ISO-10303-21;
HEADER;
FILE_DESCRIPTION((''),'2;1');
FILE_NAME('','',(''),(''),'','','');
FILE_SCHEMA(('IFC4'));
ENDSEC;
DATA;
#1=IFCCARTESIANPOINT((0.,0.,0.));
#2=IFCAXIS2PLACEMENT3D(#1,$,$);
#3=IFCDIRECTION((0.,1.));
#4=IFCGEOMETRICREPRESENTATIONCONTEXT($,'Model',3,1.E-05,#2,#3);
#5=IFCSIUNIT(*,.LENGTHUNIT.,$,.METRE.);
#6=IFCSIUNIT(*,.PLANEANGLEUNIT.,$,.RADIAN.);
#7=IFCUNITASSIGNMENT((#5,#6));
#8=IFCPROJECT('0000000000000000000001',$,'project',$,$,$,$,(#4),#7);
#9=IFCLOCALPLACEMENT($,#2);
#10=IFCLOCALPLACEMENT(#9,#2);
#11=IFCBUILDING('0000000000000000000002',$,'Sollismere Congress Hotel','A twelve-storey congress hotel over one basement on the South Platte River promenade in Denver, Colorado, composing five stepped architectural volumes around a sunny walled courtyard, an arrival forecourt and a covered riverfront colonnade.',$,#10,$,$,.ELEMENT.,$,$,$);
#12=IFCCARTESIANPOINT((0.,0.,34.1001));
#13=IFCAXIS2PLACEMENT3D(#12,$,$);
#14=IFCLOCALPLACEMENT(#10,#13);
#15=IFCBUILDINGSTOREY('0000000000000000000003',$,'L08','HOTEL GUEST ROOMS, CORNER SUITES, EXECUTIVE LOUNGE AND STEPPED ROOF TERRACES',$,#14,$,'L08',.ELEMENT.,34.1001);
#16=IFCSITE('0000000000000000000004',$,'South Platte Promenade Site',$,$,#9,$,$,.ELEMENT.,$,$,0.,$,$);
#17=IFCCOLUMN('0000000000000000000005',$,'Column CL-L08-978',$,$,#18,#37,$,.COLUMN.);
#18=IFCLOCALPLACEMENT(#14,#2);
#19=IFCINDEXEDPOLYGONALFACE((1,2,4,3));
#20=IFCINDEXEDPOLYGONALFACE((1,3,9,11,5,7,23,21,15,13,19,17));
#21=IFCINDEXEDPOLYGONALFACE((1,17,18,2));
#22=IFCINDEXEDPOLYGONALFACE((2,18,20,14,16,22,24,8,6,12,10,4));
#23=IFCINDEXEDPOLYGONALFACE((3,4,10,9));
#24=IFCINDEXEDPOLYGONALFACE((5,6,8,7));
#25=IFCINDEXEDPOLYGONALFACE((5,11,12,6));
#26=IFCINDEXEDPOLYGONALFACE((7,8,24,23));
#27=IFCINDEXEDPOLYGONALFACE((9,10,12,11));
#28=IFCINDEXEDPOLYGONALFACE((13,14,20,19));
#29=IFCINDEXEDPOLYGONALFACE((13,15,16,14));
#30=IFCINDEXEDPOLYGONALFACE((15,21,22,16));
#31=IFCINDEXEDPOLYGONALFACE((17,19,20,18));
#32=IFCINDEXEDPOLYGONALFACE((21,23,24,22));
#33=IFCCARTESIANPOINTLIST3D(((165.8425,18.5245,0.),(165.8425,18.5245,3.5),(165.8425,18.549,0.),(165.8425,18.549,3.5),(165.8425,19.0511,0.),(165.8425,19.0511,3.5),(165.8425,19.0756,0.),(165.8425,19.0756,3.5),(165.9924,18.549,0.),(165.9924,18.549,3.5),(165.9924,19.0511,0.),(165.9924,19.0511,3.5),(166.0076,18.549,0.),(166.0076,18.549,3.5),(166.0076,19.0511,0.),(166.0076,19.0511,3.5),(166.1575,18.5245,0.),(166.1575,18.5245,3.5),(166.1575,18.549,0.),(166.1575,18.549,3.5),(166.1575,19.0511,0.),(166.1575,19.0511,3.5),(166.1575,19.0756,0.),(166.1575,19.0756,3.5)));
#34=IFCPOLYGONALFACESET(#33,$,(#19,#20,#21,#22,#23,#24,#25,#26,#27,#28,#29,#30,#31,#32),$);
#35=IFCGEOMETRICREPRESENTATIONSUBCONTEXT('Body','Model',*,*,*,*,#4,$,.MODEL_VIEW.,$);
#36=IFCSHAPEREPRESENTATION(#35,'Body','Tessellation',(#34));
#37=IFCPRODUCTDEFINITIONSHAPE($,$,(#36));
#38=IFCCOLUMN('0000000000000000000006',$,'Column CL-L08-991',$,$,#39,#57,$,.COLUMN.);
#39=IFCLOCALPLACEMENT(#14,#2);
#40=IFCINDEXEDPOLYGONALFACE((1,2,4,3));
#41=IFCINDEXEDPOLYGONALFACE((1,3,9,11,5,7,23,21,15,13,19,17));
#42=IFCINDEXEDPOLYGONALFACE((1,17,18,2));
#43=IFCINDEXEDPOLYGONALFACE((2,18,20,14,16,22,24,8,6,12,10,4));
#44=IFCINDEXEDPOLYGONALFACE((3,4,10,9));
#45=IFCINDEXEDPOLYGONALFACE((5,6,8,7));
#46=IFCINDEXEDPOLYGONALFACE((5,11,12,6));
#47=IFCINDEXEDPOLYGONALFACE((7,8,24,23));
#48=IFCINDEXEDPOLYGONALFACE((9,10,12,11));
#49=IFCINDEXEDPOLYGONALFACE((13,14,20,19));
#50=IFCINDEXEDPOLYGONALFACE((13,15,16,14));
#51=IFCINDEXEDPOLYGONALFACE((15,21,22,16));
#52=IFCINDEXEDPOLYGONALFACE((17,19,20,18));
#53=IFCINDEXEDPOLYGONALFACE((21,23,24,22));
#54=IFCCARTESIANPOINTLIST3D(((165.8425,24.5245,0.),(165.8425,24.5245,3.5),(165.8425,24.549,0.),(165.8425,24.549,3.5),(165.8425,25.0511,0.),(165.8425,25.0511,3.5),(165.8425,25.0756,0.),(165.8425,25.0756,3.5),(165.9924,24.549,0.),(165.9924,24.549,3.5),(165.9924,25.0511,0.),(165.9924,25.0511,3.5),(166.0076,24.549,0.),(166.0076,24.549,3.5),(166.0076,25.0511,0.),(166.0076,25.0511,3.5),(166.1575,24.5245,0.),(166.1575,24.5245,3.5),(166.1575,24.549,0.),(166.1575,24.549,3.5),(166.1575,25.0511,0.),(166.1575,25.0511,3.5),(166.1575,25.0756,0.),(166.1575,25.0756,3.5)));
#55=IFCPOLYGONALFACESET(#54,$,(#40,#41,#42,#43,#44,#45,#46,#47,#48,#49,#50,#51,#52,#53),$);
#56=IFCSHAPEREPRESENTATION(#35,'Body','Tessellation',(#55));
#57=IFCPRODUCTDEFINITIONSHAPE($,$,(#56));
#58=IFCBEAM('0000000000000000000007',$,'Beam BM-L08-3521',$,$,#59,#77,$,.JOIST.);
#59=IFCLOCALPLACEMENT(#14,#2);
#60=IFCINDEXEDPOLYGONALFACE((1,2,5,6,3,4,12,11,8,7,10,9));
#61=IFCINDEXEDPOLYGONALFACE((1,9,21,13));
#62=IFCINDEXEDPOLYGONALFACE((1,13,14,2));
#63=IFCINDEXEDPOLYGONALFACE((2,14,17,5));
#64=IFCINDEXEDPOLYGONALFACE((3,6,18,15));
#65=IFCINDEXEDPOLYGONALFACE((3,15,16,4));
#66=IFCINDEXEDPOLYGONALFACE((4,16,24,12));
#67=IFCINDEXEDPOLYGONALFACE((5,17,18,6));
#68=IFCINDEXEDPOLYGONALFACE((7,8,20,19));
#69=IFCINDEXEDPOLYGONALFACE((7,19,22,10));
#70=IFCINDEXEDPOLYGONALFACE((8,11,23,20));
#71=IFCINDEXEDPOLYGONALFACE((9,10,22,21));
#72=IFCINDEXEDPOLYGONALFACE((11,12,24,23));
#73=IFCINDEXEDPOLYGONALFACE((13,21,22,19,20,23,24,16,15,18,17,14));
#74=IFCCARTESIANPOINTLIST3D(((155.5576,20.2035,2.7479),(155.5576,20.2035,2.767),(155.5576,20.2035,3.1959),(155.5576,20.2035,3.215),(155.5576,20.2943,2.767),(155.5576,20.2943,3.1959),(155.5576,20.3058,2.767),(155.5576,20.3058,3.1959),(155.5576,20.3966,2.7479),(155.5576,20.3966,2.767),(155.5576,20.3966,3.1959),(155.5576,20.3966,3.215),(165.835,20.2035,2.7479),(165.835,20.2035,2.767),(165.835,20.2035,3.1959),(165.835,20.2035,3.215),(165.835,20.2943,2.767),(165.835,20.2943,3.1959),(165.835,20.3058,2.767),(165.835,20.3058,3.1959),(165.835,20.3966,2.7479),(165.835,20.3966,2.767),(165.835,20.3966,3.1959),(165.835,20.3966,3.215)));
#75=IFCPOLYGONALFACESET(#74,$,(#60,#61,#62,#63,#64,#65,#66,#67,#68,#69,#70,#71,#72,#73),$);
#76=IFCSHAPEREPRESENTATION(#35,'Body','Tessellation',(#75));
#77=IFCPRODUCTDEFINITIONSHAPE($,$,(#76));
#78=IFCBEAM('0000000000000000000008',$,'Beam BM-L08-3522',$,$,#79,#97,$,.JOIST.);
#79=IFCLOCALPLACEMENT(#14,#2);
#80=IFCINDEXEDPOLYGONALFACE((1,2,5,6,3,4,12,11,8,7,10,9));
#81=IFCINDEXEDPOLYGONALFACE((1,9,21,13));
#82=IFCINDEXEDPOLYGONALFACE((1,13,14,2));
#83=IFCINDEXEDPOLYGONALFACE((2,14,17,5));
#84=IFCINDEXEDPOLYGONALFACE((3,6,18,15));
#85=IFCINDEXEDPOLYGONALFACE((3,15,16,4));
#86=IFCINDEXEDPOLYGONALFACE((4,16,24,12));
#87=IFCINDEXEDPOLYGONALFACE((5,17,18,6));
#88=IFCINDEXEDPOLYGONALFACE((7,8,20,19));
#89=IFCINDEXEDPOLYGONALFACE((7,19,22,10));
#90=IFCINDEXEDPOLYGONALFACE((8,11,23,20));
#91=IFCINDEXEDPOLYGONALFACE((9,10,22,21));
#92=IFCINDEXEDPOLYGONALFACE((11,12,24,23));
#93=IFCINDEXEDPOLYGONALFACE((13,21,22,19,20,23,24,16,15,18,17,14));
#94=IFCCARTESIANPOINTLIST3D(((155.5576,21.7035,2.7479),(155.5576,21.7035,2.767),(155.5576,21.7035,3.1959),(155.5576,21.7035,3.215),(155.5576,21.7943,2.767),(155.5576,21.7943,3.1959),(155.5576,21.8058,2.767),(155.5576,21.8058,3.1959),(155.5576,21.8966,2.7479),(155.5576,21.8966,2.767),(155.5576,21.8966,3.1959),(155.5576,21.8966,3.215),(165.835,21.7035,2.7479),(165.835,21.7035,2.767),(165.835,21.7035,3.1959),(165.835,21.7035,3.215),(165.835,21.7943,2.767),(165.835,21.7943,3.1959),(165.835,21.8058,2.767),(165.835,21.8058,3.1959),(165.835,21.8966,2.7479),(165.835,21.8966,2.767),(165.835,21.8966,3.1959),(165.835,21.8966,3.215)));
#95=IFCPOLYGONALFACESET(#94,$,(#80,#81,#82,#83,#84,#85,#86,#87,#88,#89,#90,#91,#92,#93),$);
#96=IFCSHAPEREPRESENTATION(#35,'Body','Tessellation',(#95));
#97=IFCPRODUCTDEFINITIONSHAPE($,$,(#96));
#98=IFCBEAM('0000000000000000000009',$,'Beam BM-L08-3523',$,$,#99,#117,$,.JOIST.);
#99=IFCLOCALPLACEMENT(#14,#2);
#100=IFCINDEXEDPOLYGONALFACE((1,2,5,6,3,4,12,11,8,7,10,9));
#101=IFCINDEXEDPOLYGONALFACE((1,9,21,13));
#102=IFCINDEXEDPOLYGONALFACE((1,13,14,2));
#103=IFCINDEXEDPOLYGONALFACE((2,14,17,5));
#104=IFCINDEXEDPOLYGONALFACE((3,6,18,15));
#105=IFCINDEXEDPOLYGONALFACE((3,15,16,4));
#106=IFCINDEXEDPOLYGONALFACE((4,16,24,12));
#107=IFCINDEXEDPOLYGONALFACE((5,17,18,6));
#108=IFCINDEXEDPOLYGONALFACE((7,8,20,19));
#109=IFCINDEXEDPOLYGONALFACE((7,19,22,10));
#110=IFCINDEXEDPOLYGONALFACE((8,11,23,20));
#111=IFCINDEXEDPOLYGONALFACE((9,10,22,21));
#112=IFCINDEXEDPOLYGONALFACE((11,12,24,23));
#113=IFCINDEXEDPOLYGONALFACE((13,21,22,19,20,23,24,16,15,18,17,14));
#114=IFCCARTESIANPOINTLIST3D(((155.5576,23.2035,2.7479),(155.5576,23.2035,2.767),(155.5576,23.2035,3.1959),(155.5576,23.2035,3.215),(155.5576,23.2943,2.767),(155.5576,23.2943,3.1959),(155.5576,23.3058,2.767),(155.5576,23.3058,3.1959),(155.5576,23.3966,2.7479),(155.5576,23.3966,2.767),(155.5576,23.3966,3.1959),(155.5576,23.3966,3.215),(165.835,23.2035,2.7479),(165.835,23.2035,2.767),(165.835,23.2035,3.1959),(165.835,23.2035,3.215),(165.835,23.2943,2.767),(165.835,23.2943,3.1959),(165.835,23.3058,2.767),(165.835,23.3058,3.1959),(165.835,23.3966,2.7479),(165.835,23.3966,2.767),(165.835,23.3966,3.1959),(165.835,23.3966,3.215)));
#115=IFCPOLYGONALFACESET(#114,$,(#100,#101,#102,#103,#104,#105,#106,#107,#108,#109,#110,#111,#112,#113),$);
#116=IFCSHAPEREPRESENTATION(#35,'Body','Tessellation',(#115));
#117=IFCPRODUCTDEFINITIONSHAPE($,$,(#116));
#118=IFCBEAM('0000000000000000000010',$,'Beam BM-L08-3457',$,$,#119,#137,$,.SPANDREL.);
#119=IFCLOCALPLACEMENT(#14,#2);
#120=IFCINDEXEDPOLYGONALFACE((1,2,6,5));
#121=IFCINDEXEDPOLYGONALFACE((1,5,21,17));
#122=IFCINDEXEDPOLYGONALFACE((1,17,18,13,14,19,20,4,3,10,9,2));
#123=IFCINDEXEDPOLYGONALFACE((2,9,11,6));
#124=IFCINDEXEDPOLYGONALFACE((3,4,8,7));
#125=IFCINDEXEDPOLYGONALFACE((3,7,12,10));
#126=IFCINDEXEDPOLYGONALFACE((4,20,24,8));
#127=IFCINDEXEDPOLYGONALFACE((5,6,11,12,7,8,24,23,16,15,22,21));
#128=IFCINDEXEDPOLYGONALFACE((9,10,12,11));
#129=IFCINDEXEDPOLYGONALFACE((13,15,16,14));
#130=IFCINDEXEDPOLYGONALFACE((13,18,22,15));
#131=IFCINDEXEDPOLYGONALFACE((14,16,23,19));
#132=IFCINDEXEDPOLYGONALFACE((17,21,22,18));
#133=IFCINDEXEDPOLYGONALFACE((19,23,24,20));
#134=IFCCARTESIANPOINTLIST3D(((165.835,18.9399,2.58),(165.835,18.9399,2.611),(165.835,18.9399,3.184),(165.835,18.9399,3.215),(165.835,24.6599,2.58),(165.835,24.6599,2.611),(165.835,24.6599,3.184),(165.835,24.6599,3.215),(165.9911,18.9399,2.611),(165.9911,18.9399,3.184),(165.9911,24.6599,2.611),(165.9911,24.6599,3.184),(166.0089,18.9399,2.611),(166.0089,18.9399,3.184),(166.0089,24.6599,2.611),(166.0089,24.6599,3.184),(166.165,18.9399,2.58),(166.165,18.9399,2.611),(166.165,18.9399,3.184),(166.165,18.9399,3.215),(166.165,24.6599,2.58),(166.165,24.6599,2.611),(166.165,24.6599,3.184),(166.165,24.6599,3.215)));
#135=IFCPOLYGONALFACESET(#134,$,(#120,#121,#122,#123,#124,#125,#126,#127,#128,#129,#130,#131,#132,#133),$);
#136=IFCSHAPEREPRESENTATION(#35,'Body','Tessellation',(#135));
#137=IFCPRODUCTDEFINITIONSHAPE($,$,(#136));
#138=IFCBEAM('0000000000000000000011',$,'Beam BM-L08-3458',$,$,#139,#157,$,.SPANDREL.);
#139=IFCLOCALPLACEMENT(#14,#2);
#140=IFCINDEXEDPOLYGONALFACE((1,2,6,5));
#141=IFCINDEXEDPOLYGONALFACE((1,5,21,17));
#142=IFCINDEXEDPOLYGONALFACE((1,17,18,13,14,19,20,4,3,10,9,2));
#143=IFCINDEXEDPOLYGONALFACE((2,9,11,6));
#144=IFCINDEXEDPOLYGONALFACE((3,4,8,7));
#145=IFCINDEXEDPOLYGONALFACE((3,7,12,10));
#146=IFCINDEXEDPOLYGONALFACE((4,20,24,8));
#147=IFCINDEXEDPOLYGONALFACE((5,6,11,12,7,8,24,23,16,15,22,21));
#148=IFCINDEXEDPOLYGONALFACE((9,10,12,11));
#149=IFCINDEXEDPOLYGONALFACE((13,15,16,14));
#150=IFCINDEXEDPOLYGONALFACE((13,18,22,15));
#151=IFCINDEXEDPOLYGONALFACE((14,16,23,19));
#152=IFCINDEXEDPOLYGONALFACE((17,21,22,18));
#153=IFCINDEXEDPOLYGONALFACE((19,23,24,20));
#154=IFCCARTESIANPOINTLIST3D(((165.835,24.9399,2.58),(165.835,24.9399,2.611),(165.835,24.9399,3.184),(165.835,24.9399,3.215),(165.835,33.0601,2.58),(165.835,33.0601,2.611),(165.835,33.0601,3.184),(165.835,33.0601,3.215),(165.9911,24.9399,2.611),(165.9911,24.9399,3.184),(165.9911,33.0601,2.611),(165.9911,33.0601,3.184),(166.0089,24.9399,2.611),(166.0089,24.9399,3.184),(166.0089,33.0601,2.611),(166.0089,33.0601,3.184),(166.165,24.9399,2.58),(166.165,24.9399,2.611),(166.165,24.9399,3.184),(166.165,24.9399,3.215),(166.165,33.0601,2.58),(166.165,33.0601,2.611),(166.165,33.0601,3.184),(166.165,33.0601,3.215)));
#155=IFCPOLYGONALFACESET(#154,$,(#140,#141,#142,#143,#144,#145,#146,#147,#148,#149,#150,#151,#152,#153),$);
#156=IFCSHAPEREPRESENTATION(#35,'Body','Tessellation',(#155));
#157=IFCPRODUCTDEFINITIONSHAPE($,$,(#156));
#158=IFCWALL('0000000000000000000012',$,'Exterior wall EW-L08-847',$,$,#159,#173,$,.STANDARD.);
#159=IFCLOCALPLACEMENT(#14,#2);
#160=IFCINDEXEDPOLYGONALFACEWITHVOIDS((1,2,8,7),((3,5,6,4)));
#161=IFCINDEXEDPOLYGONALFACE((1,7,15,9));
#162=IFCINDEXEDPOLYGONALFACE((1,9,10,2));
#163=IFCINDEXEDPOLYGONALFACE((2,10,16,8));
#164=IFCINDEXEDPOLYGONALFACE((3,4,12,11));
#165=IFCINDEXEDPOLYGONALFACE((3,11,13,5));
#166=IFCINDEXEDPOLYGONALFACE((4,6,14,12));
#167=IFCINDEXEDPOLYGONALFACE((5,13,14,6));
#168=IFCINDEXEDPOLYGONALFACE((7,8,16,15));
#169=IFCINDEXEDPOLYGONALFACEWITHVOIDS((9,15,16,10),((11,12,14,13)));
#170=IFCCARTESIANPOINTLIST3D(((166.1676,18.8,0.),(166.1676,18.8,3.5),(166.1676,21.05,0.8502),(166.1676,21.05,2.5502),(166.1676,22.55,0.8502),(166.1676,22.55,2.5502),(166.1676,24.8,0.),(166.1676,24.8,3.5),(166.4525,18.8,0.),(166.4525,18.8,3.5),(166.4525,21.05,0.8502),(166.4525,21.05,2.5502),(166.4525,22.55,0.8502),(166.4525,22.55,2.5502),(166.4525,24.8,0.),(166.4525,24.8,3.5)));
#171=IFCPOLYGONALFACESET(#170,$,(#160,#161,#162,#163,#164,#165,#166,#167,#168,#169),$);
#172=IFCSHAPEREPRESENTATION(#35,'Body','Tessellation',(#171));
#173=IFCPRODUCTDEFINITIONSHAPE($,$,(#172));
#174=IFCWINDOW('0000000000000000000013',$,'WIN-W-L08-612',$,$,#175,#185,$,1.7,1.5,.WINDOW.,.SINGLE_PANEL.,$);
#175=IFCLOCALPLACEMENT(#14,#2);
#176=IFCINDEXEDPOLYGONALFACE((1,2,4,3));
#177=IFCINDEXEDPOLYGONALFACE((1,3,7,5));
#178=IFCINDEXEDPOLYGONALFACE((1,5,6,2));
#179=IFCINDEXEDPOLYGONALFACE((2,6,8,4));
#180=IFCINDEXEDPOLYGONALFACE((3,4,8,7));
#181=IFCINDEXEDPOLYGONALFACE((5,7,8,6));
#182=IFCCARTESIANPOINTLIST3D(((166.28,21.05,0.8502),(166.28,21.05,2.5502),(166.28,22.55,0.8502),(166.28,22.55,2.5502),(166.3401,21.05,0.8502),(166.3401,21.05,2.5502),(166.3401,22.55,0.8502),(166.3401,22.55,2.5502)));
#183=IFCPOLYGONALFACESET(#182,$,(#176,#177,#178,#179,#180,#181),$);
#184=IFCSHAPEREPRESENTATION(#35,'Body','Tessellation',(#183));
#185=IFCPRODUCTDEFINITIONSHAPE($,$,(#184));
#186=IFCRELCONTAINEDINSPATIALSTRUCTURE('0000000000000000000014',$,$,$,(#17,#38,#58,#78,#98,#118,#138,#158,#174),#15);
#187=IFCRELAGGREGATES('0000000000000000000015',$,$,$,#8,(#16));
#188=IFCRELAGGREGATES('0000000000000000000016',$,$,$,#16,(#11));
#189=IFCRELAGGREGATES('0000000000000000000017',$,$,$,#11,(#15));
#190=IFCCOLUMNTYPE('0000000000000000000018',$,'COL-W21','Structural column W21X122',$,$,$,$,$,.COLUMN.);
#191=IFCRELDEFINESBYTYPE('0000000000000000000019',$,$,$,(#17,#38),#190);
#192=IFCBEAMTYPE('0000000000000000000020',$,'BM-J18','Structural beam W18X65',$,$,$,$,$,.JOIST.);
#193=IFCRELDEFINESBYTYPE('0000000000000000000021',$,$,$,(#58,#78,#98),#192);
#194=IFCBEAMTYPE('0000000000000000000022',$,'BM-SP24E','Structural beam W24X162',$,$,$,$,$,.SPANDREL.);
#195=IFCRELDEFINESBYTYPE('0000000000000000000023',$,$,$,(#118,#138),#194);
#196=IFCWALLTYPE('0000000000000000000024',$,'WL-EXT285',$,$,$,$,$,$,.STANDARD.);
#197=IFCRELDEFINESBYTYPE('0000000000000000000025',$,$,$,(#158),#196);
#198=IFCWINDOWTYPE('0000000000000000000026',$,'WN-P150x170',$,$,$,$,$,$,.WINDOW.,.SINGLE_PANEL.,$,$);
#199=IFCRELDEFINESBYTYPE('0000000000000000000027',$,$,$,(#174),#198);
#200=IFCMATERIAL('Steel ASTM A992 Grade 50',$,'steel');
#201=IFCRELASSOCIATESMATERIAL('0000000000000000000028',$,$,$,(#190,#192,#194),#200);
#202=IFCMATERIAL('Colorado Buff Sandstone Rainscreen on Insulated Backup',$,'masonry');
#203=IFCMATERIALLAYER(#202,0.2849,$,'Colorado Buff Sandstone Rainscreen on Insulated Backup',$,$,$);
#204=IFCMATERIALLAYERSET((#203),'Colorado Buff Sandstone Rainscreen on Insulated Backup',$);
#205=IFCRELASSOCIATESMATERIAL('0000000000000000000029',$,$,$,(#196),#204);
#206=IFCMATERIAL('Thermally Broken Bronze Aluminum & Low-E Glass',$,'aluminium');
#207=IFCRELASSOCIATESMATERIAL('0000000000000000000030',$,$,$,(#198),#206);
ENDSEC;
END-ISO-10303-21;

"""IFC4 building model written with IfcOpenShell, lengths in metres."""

from ifc_helpers import new_model, si_unit, direction, frame, frame_2d, origin, origin_2d, place, context, subcontext, project, spatial, rectangle, i_section, extrude, material, layer, layer_set, material_profile, profile_set, type_object, element, fill, save


model = new_model("IFC4")

# Units and contexts
model_context = context("Model", 3, precision=1e-05, world=origin(), true_north=direction((0.0, 1.0)))
body_context = subcontext(model_context, "Body", "Model", "MODEL_VIEW")
ifc_project = project(units=[si_unit("LENGTHUNIT", "METRE"), si_unit("PLANEANGLEUNIT", "RADIAN")], contexts=[model_context])

# Site, building, storey
site_placement = place(None, origin())
site = spatial("IfcSite", under=ifc_project, at=site_placement, Name="South Platte Promenade Site", CompositionType="ELEMENT", RefElevation=0.0)
building_placement = place(site_placement, origin())
building = spatial("IfcBuilding", under=site, at=building_placement, Name="Sollismere Congress Hotel", Description="A twelve-storey congress hotel over one basement on the South Platte River promenade in Denver, Colorado, composing five stepped architectural volumes around a sunny walled courtyard, an arrival forecourt and a covered riverfront colonnade.", CompositionType="ELEMENT")
storey_placement = place(building_placement, frame((0.0, 0.0, 34.1001)))
storey = spatial("IfcBuildingStorey", under=building, at=storey_placement, Name="L08", Description="HOTEL GUEST ROOMS, CORNER SUITES, EXECUTIVE LOUNGE AND STEPPED ROOF TERRACES", LongName="L08", CompositionType="ELEMENT", Elevation=34.1001)

# Columns
ifc_material_1 = material(Name="Steel ASTM A992 Grade 50", Category="steel")
ifc_material_profile_1 = material_profile(ifc_material_1, i_section(OverallWidth=0.3149, OverallDepth=0.551, WebThickness=0.0151, FlangeThickness=0.0244, at=origin_2d()), Name="W21X122")
ifc_profile_set_1 = profile_set([ifc_material_profile_1], Name="Steel ASTM A992 Grade 50")
column_type = type_object("IfcColumnType", Name="COL-W21", Description="Structural column W21X122", PredefinedType="COLUMN", material=ifc_profile_set_1)
for number, where, z_axis, x_axis, name in (
    (1, (166.0, 18.8, 0.0), (0.0, 0.0, 1.0), (1.0, 0.0, 0.0), "Column CL-L08-978"),
    (2, (166.0, 24.8, 0.0), (0.0, 0.0, 1.0), (1.0, 0.0, 0.0), "Column CL-L08-991"),
):
    element("IfcColumn", number, at=place(storey_placement, frame(where, z_axis=z_axis, x_axis=x_axis)), inside=storey, type_object=column_type, Name=name, PredefinedType="COLUMN", context=body_context, shape_type="SweptSolid", body=[
        extrude(i_section(OverallWidth=0.3149, OverallDepth=0.551, WebThickness=0.0151, FlangeThickness=0.0244, at=origin_2d()), origin(), (0.0, 0.0, 1.0), 3.5),
    ])

# Beams
ifc_material_profile_2 = material_profile(ifc_material_1, i_section(OverallWidth=0.1931, OverallDepth=0.467, WebThickness=0.0115, FlangeThickness=0.019, at=origin_2d()), Name="W18X65")
ifc_profile_set_2 = profile_set([ifc_material_profile_2], Name="Steel ASTM A992 Grade 50")
beam_type_1 = type_object("IfcBeamType", Name="BM-J18", Description="Structural beam W18X65", PredefinedType="JOIST", material=ifc_profile_set_2)
for number, where, z_axis, x_axis, name in (
    (3, (155.5576, 20.3, 2.9814), (1.0, 0.0, 0.0), (0.0, 1.0, 0.0), "Beam BM-L08-3521"),
    (4, (155.5576, 21.8, 2.9814), (1.0, 0.0, 0.0), (0.0, 1.0, 0.0), "Beam BM-L08-3522"),
    (5, (155.5576, 23.3, 2.9814), (1.0, 0.0, 0.0), (0.0, 1.0, 0.0), "Beam BM-L08-3523"),
):
    element("IfcBeam", number, at=place(storey_placement, frame(where, z_axis=z_axis, x_axis=x_axis)), inside=storey, type_object=beam_type_1, Name=name, PredefinedType="JOIST", context=body_context, shape_type="SweptSolid", body=[
        extrude(i_section(OverallWidth=0.1931, OverallDepth=0.467, WebThickness=0.0115, FlangeThickness=0.019, at=origin_2d()), origin(), (0.0, 0.0, 1.0), 10.2773),
    ])
ifc_material_profile_3 = material_profile(ifc_material_1, i_section(OverallWidth=0.3301, OverallDepth=0.635, WebThickness=0.0178, FlangeThickness=0.031, at=origin_2d()), Name="W24X162")
ifc_profile_set_3 = profile_set([ifc_material_profile_3], Name="Steel ASTM A992 Grade 50")
beam_type_2 = type_object("IfcBeamType", Name="BM-SP24E", Description="Structural beam W24X162", PredefinedType="SPANDREL", material=ifc_profile_set_3)
beam_1_placement = place(storey_placement, frame((166.0, 18.9399, 2.8975), z_axis=(0.0, 1.0, 0.0), x_axis=(-1.0, 0.0, 0.0)))
element("IfcBeam", 6, at=beam_1_placement, inside=storey, type_object=beam_type_2, Name="Beam BM-L08-3457", PredefinedType="SPANDREL", context=body_context, shape_type="SweptSolid", body=[
    extrude(i_section(OverallWidth=0.3301, OverallDepth=0.635, WebThickness=0.0178, FlangeThickness=0.031, at=origin_2d()), origin(), (0.0, 0.0, 1.0), 5.72),
])
beam_2_placement = place(storey_placement, frame((166.0, 24.9399, 2.8975), z_axis=(0.0, 1.0, 0.0), x_axis=(-1.0, 0.0, 0.0)))
element("IfcBeam", 7, at=beam_2_placement, inside=storey, type_object=beam_type_2, Name="Beam BM-L08-3458", PredefinedType="SPANDREL", context=body_context, shape_type="SweptSolid", body=[
    extrude(i_section(OverallWidth=0.3301, OverallDepth=0.635, WebThickness=0.0178, FlangeThickness=0.031, at=origin_2d()), origin(), (0.0, 0.0, 1.0), 8.1201),
])

# Wall, opening, window
ifc_material_2 = material(Name="Colorado Buff Sandstone Rainscreen on Insulated Backup", Category="masonry")
ifc_layer_1 = layer(ifc_material_2, 0.2849, Name="Colorado Buff Sandstone Rainscreen on Insulated Backup")
ifc_layer_set_1 = layer_set([ifc_layer_1], Name="Colorado Buff Sandstone Rainscreen on Insulated Backup")
wall_type_1 = type_object("IfcWallType", Name="WL-EXT285", PredefinedType="STANDARD", material=ifc_layer_set_1)
wall_1_placement = place(storey_placement, frame((166.3101, 18.8, 0.0), z_axis=(0.0, 0.0, 1.0), x_axis=(0.0, 1.0, 0.0)))
wall_1 = element("IfcWall", 8, at=wall_1_placement, inside=storey, type_object=wall_type_1, Name="Exterior wall EW-L08-847", PredefinedType="STANDARD", context=body_context, shape_type="SweptSolid", body=[
    extrude(rectangle(XDim=6.0, YDim=0.2849, at=frame_2d((3.0, 0.0))), origin(), (0.0, 0.0, 1.0), 3.5),
])
opening_1_placement = place(wall_1_placement, frame((2.25, 0.0, 0.8501)))
opening_1 = element("IfcOpeningElement", 9, at=opening_1_placement, cuts=wall_1, PredefinedType="OPENING", context=body_context, shape_type="SweptSolid", body=[
    extrude(rectangle(XDim=1.5, YDim=1.7, at=frame_2d((0.75, 0.8501))), frame((0.0, 0.1523, 0.0), z_axis=(0.0, -1.0, 0.0), x_axis=(1.0, 0.0, 0.0)), (0.0, 0.0, 1.0), 0.3049),
])
ifc_material_3 = material(Name="Thermally Broken Bronze Aluminum & Low-E Glass", Category="aluminium")
window_type = type_object("IfcWindowType", Name="WN-P150x170", PartitioningType="SINGLE_PANEL", PredefinedType="WINDOW", material=ifc_material_3)
window_placement = place(opening_1_placement, origin())
window = element("IfcWindow", 10, at=window_placement, inside=storey, type_object=window_type, Name="WIN-W-L08-612", OverallHeight=1.7, OverallWidth=1.5, PartitioningType="SINGLE_PANEL", PredefinedType="WINDOW", context=body_context, shape_type="SweptSolid", body=[
    extrude(rectangle(XDim=1.5, YDim=1.7, at=frame_2d((0.75, 0.8501))), frame((0.0, 0.03, 0.0), z_axis=(0.0, -1.0, 0.0), x_axis=(1.0, 0.0, 0.0)), (0.0, 0.0, 1.0), 0.0601),
])
fill(opening_1, window)

save(model, "model.ifc")
